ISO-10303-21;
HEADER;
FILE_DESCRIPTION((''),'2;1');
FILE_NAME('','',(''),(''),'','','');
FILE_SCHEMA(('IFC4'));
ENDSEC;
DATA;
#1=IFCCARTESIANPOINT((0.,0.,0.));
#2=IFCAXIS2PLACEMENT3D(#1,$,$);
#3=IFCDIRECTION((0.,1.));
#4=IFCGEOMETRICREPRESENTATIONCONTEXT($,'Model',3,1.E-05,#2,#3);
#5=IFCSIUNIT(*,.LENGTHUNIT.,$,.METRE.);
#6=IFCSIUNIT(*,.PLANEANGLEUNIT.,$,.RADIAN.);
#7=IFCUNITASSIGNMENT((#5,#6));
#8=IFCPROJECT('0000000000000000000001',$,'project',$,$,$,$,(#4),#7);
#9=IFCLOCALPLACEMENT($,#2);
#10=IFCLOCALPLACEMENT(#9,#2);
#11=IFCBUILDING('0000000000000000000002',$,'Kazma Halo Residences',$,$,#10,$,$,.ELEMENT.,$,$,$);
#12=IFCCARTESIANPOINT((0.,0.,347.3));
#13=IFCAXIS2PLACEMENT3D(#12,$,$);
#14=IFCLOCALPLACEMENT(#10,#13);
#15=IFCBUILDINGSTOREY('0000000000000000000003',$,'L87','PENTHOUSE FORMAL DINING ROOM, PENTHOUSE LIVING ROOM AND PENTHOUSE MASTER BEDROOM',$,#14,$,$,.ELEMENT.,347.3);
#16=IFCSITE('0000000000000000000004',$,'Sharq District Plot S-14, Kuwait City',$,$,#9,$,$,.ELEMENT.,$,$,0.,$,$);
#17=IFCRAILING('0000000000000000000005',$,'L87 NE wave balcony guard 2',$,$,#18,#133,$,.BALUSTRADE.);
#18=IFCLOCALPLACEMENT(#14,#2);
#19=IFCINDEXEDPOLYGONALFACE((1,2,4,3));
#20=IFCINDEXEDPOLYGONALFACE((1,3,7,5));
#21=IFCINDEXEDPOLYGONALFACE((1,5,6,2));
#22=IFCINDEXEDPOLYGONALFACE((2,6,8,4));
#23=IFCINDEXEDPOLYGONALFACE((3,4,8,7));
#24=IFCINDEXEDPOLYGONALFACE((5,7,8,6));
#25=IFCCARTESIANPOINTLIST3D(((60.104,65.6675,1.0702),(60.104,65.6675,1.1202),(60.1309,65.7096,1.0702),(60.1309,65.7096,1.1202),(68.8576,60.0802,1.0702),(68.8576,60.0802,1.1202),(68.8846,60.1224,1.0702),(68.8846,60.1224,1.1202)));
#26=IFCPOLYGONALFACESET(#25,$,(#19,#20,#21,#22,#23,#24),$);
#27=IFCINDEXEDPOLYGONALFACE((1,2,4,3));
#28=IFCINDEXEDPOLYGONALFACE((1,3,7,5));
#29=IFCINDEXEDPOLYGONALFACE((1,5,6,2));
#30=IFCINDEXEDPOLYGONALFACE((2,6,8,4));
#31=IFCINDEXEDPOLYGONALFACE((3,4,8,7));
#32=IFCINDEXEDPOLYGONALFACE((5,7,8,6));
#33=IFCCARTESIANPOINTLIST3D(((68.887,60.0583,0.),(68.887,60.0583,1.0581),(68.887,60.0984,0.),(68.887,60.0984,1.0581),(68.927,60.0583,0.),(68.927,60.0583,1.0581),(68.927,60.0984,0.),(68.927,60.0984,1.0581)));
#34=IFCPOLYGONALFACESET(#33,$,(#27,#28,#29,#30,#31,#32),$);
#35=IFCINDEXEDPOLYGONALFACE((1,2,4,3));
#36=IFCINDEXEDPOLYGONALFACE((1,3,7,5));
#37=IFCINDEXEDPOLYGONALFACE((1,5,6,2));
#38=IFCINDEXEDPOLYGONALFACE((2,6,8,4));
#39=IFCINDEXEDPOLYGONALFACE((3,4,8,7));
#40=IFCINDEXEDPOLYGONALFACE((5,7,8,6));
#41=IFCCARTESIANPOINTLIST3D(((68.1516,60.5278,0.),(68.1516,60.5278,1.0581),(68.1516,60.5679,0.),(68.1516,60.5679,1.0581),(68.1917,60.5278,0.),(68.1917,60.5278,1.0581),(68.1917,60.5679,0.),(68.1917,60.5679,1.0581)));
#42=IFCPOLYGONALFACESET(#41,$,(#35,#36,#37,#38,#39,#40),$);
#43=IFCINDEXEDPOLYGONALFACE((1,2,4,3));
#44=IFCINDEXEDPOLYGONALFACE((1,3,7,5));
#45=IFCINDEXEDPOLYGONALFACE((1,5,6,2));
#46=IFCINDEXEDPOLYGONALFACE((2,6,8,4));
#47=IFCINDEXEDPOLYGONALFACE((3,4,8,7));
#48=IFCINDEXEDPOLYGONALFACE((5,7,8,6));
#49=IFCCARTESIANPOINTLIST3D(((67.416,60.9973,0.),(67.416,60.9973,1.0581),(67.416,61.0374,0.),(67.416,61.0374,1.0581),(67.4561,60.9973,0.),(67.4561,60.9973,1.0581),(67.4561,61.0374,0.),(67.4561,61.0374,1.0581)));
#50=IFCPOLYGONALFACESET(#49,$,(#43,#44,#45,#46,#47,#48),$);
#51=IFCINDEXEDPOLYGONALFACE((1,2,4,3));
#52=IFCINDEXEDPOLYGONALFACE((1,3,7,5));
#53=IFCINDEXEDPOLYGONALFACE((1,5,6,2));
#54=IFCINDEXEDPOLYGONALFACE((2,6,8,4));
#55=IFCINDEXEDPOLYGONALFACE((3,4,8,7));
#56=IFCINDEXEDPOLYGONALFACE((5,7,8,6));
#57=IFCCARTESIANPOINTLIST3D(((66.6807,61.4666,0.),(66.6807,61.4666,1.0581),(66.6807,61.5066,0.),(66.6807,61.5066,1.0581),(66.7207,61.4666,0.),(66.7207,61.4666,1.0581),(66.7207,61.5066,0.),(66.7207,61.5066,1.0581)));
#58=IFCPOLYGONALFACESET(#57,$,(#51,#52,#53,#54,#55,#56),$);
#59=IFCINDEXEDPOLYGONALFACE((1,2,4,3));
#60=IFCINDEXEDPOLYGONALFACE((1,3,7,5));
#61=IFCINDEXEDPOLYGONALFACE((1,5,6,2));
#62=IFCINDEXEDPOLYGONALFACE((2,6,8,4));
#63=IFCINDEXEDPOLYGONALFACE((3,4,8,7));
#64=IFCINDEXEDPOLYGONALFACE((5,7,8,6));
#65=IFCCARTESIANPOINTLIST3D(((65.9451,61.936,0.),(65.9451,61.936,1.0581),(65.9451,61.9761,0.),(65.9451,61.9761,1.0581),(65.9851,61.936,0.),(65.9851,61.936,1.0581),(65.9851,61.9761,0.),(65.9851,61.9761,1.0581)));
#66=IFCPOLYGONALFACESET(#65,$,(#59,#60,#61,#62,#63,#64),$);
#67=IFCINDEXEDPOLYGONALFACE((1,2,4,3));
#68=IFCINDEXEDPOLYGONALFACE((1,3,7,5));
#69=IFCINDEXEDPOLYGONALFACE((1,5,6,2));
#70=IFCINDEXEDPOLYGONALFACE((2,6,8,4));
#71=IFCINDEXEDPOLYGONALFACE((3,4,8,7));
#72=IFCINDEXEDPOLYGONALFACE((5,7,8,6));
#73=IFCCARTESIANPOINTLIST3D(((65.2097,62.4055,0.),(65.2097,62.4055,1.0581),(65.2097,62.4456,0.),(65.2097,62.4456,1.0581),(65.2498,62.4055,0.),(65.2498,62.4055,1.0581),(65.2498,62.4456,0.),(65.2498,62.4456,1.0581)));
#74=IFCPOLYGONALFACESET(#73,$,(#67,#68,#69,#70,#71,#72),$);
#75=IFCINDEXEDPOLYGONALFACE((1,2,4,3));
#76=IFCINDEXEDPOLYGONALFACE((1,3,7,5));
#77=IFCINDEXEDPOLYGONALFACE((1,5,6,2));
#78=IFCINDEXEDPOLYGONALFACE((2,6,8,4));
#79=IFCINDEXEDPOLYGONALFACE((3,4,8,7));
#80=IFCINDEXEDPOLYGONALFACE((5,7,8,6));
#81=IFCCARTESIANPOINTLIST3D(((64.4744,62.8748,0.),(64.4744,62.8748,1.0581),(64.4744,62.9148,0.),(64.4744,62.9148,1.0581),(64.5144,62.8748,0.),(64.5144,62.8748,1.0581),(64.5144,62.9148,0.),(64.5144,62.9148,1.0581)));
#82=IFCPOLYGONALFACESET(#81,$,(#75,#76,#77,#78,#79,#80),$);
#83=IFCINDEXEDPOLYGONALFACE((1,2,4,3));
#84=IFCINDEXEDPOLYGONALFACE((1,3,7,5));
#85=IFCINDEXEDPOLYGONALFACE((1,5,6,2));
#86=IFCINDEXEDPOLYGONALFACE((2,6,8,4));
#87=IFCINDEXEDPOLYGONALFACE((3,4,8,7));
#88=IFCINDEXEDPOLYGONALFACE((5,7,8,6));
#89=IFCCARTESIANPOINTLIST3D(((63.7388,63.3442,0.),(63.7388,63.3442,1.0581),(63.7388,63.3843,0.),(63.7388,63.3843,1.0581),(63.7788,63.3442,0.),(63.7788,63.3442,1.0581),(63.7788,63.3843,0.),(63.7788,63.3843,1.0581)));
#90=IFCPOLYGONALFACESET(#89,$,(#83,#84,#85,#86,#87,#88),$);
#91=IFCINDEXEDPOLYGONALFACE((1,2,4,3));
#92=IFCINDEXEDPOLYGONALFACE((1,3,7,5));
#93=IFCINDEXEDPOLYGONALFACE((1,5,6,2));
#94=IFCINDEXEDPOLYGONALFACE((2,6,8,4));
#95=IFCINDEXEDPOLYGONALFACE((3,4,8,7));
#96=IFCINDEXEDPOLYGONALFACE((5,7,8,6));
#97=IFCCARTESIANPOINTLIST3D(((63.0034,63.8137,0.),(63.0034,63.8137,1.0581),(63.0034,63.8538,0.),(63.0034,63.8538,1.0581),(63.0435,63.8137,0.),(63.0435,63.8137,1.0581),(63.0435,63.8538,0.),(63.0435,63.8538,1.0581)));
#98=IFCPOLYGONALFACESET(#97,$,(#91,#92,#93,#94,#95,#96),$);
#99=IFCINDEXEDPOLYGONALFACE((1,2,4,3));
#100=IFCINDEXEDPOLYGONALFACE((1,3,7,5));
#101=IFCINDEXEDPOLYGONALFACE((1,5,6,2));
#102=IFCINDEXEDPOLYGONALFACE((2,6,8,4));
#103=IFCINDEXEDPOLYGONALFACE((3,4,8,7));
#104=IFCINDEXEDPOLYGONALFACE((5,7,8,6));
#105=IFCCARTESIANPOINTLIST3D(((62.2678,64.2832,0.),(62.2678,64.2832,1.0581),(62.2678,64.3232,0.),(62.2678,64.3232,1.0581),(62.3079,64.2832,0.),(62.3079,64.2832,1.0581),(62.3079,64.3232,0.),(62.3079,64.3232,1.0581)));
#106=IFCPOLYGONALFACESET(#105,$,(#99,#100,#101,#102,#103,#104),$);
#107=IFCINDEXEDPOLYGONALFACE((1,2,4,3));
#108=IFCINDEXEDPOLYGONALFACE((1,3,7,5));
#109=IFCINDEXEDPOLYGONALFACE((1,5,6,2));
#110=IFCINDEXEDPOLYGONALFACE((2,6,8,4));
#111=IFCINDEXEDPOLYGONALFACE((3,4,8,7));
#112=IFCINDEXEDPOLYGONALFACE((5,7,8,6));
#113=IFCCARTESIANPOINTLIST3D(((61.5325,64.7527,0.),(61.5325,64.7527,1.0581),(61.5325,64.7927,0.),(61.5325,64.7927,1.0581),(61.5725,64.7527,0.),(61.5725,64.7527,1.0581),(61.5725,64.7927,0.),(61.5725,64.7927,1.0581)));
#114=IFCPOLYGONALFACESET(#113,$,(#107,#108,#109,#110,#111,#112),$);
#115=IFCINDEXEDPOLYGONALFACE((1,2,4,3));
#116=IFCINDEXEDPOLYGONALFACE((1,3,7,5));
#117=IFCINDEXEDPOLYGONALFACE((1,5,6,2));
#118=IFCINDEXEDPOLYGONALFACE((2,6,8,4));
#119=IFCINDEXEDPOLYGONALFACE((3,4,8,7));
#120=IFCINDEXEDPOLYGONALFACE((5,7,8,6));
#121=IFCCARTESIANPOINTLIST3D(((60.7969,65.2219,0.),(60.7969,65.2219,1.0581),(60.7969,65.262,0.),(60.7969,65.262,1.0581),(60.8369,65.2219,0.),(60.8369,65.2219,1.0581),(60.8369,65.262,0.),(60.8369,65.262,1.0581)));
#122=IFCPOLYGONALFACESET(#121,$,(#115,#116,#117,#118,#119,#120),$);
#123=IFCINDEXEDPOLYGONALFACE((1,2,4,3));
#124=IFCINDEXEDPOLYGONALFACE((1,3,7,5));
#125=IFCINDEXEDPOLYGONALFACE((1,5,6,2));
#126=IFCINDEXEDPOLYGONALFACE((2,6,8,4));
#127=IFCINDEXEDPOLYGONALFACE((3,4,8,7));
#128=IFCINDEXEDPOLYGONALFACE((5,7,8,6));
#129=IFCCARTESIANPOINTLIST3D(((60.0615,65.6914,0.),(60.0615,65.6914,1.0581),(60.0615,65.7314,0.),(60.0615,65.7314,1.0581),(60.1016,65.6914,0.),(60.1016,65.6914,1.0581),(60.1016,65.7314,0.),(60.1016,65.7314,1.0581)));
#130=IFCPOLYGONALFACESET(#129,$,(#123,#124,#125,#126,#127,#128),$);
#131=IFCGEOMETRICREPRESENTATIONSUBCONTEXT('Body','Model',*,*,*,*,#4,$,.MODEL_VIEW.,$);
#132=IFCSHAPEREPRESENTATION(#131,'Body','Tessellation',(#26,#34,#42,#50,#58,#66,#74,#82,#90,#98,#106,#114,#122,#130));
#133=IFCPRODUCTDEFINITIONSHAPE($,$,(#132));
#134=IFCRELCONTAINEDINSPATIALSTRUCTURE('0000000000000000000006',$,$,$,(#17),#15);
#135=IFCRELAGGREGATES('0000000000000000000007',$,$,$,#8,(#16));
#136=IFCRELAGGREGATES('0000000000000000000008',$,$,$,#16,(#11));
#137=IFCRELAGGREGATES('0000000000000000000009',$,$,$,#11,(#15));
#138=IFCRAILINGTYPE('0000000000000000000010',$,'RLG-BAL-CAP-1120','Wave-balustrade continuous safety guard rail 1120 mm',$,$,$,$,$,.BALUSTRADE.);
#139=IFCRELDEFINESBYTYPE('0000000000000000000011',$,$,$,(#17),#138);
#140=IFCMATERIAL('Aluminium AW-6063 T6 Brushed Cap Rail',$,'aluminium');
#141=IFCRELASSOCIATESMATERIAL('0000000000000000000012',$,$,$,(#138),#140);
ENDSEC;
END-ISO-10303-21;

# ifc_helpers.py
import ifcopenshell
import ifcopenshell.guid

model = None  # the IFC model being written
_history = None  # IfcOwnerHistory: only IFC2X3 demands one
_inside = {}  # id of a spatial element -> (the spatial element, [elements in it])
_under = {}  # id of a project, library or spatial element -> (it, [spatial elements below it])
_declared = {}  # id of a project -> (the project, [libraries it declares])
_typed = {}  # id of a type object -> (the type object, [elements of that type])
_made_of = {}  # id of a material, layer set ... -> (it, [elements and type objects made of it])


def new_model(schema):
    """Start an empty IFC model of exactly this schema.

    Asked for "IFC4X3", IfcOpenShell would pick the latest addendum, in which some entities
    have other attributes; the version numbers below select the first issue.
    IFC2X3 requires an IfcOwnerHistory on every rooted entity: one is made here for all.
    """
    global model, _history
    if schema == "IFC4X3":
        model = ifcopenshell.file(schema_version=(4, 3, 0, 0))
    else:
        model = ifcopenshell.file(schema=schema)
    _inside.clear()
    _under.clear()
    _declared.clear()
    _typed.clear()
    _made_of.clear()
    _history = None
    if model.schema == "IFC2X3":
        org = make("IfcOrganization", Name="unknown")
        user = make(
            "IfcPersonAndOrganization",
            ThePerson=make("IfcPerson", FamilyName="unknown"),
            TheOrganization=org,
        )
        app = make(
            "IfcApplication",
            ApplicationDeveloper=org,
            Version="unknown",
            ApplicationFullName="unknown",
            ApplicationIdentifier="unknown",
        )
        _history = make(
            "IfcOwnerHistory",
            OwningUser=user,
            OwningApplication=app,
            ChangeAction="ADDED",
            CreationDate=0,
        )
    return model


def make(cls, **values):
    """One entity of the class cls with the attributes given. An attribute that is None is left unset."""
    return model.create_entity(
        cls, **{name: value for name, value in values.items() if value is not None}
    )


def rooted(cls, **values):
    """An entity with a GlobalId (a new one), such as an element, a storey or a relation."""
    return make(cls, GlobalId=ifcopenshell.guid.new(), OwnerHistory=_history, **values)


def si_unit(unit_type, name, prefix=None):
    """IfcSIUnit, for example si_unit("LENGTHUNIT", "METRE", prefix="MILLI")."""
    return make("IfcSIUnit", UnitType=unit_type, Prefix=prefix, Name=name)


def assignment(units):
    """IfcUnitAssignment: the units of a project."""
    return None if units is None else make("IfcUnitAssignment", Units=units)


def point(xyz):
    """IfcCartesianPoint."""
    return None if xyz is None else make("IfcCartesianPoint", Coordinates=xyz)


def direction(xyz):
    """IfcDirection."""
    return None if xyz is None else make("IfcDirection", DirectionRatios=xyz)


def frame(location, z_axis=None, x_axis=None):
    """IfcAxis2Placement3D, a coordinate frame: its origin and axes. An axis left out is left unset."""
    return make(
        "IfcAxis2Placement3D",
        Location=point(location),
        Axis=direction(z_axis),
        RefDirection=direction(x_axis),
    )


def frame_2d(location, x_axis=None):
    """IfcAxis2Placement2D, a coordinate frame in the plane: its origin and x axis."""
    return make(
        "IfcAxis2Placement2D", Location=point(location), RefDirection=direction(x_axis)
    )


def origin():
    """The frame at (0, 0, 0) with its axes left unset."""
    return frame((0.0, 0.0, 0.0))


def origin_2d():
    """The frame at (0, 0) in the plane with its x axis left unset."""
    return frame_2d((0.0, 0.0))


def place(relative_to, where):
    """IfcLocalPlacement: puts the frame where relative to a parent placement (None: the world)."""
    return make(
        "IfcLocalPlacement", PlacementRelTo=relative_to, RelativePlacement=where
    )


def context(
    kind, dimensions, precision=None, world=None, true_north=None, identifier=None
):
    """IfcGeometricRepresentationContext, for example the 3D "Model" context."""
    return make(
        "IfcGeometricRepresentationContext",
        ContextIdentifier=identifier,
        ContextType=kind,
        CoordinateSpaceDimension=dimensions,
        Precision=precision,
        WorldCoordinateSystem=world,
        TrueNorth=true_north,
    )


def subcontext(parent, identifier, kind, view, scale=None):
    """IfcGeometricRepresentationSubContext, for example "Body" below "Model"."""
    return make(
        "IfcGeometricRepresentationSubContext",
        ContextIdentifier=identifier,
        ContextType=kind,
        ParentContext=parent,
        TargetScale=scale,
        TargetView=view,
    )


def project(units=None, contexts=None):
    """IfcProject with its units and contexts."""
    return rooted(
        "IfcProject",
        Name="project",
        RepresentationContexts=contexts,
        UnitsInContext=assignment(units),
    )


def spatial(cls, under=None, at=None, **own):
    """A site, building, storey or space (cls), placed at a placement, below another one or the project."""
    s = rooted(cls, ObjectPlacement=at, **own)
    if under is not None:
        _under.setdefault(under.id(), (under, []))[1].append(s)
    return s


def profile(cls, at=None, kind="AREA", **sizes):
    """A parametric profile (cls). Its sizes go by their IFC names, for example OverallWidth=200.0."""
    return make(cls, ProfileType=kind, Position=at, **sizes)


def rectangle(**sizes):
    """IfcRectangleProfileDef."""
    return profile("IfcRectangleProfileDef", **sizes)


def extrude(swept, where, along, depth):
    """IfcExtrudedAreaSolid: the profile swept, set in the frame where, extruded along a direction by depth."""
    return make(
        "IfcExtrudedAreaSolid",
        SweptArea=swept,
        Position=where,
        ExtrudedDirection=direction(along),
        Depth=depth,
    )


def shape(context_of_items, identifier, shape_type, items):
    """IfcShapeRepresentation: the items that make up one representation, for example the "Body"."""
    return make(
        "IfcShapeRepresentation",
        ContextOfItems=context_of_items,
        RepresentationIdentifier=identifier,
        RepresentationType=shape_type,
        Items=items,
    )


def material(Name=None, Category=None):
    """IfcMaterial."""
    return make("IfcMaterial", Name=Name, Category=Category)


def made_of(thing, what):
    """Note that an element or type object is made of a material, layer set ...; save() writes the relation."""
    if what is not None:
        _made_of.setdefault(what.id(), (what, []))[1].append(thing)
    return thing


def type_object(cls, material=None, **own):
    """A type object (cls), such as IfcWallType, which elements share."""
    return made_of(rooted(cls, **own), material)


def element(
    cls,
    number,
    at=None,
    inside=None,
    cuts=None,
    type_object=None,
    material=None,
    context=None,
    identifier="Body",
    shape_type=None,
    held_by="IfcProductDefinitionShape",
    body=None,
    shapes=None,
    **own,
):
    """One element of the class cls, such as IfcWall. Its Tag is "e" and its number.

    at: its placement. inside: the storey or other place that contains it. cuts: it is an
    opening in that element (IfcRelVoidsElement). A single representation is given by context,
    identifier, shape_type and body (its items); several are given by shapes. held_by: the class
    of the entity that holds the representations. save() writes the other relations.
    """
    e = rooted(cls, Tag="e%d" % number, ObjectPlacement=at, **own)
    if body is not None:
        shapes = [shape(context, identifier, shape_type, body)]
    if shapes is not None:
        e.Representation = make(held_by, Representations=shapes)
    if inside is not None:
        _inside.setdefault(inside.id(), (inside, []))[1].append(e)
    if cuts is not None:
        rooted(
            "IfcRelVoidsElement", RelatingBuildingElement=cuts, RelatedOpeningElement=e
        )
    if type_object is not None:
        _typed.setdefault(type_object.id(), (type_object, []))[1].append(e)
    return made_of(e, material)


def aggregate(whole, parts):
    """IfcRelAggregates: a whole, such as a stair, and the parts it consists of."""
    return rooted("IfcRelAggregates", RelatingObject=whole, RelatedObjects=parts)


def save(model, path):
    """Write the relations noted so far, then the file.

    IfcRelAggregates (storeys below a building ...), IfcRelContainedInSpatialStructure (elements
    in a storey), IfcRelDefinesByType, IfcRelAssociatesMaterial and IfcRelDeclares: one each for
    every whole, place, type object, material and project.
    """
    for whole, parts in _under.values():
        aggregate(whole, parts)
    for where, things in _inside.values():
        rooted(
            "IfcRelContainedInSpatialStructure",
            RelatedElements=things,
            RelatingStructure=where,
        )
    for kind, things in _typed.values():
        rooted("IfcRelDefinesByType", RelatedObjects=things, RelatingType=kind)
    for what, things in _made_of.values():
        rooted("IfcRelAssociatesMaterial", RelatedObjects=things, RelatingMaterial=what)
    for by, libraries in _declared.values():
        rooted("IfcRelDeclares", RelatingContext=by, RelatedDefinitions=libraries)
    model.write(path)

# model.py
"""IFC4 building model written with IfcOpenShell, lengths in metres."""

from ifc_helpers import new_model, si_unit, direction, frame, origin, origin_2d, place, context, subcontext, project, spatial, rectangle, extrude, material, type_object, element, save


model = new_model("IFC4")

# Units and contexts
model_context = context("Model", 3, precision=1e-05, world=origin(), true_north=direction((0.0, 1.0)))
body_context = subcontext(model_context, "Body", "Model", "MODEL_VIEW")
ifc_project = project(units=[si_unit("LENGTHUNIT", "METRE"), si_unit("PLANEANGLEUNIT", "RADIAN")], contexts=[model_context])

# Site, building, storey
site_placement = place(None, origin())
site = spatial("IfcSite", under=ifc_project, at=site_placement, Name="Sharq District Plot S-14, Kuwait City", CompositionType="ELEMENT", RefElevation=0.0)
building_placement = place(site_placement, origin())
building = spatial("IfcBuilding", under=site, at=building_placement, Name="Kazma Halo Residences", CompositionType="ELEMENT")
storey_placement = place(building_placement, frame((0.0, 0.0, 347.3)))
storey = spatial("IfcBuildingStorey", under=building, at=storey_placement, Name="L87", Description="PENTHOUSE FORMAL DINING ROOM, PENTHOUSE LIVING ROOM AND PENTHOUSE MASTER BEDROOM", CompositionType="ELEMENT", Elevation=347.3)

# Railing
ifc_material_1 = material(Name="Aluminium AW-6063 T6 Brushed Cap Rail", Category="aluminium")
railing_type = type_object("IfcRailingType", Name="RLG-BAL-CAP-1120", Description="Wave-balustrade continuous safety guard rail 1120 mm", PredefinedType="BALUSTRADE", material=ifc_material_1)
railing_1_placement = place(storey_placement, frame((68.907, 60.0784, 0.0)))
element("IfcRailing", 1, at=railing_1_placement, inside=storey, type_object=railing_type, Name="L87 NE wave balcony guard 2", PredefinedType="BALUSTRADE", context=body_context, shape_type="SweptSolid", body=[
    extrude(rectangle(XDim=0.05, YDim=0.05, at=origin_2d()), frame((-0.0359, 0.0229, 1.0952), z_axis=(-0.842931, 0.538022, 0.0), x_axis=(-0.538022, -0.842931, 0.0)), (0.0, 0.0, 1.0), 10.3848),
    extrude(rectangle(XDim=0.04, YDim=0.04, at=origin_2d()), origin(), (0.0, 0.0, 1.0), 1.0581),
    extrude(rectangle(XDim=0.04, YDim=0.04, at=origin_2d()), frame((-0.7354, 0.4695, 0.0)), (0.0, 0.0, 1.0), 1.0581),
    extrude(rectangle(XDim=0.04, YDim=0.04, at=origin_2d()), frame((-1.4709, 0.939, 0.0)), (0.0, 0.0, 1.0), 1.0581),
    extrude(rectangle(XDim=0.04, YDim=0.04, at=origin_2d()), frame((-2.2063, 1.4082, 0.0)), (0.0, 0.0, 1.0), 1.0581),
    extrude(rectangle(XDim=0.04, YDim=0.04, at=origin_2d()), frame((-2.9419, 1.8777, 0.0)), (0.0, 0.0, 1.0), 1.0581),
    extrude(rectangle(XDim=0.04, YDim=0.04, at=origin_2d()), frame((-3.6772, 2.3472, 0.0)), (0.0, 0.0, 1.0), 1.0581),
    extrude(rectangle(XDim=0.04, YDim=0.04, at=origin_2d()), frame((-4.4126, 2.8164, 0.0)), (0.0, 0.0, 1.0), 1.0581),
    extrude(rectangle(XDim=0.04, YDim=0.04, at=origin_2d()), frame((-5.1482, 3.2859, 0.0)), (0.0, 0.0, 1.0), 1.0581),
    extrude(rectangle(XDim=0.04, YDim=0.04, at=origin_2d()), frame((-5.8835, 3.7554, 0.0)), (0.0, 0.0, 1.0), 1.0581),
    extrude(rectangle(XDim=0.04, YDim=0.04, at=origin_2d()), frame((-6.6191, 4.2249, 0.0)), (0.0, 0.0, 1.0), 1.0581),
    extrude(rectangle(XDim=0.04, YDim=0.04, at=origin_2d()), frame((-7.3545, 4.6943, 0.0)), (0.0, 0.0, 1.0), 1.0581),
    extrude(rectangle(XDim=0.04, YDim=0.04, at=origin_2d()), frame((-8.0901, 5.1636, 0.0)), (0.0, 0.0, 1.0), 1.0581),
    extrude(rectangle(XDim=0.04, YDim=0.04, at=origin_2d()), frame((-8.8254, 5.6331, 0.0)), (0.0, 0.0, 1.0), 1.0581),
])

save(model, "model.ifc")
